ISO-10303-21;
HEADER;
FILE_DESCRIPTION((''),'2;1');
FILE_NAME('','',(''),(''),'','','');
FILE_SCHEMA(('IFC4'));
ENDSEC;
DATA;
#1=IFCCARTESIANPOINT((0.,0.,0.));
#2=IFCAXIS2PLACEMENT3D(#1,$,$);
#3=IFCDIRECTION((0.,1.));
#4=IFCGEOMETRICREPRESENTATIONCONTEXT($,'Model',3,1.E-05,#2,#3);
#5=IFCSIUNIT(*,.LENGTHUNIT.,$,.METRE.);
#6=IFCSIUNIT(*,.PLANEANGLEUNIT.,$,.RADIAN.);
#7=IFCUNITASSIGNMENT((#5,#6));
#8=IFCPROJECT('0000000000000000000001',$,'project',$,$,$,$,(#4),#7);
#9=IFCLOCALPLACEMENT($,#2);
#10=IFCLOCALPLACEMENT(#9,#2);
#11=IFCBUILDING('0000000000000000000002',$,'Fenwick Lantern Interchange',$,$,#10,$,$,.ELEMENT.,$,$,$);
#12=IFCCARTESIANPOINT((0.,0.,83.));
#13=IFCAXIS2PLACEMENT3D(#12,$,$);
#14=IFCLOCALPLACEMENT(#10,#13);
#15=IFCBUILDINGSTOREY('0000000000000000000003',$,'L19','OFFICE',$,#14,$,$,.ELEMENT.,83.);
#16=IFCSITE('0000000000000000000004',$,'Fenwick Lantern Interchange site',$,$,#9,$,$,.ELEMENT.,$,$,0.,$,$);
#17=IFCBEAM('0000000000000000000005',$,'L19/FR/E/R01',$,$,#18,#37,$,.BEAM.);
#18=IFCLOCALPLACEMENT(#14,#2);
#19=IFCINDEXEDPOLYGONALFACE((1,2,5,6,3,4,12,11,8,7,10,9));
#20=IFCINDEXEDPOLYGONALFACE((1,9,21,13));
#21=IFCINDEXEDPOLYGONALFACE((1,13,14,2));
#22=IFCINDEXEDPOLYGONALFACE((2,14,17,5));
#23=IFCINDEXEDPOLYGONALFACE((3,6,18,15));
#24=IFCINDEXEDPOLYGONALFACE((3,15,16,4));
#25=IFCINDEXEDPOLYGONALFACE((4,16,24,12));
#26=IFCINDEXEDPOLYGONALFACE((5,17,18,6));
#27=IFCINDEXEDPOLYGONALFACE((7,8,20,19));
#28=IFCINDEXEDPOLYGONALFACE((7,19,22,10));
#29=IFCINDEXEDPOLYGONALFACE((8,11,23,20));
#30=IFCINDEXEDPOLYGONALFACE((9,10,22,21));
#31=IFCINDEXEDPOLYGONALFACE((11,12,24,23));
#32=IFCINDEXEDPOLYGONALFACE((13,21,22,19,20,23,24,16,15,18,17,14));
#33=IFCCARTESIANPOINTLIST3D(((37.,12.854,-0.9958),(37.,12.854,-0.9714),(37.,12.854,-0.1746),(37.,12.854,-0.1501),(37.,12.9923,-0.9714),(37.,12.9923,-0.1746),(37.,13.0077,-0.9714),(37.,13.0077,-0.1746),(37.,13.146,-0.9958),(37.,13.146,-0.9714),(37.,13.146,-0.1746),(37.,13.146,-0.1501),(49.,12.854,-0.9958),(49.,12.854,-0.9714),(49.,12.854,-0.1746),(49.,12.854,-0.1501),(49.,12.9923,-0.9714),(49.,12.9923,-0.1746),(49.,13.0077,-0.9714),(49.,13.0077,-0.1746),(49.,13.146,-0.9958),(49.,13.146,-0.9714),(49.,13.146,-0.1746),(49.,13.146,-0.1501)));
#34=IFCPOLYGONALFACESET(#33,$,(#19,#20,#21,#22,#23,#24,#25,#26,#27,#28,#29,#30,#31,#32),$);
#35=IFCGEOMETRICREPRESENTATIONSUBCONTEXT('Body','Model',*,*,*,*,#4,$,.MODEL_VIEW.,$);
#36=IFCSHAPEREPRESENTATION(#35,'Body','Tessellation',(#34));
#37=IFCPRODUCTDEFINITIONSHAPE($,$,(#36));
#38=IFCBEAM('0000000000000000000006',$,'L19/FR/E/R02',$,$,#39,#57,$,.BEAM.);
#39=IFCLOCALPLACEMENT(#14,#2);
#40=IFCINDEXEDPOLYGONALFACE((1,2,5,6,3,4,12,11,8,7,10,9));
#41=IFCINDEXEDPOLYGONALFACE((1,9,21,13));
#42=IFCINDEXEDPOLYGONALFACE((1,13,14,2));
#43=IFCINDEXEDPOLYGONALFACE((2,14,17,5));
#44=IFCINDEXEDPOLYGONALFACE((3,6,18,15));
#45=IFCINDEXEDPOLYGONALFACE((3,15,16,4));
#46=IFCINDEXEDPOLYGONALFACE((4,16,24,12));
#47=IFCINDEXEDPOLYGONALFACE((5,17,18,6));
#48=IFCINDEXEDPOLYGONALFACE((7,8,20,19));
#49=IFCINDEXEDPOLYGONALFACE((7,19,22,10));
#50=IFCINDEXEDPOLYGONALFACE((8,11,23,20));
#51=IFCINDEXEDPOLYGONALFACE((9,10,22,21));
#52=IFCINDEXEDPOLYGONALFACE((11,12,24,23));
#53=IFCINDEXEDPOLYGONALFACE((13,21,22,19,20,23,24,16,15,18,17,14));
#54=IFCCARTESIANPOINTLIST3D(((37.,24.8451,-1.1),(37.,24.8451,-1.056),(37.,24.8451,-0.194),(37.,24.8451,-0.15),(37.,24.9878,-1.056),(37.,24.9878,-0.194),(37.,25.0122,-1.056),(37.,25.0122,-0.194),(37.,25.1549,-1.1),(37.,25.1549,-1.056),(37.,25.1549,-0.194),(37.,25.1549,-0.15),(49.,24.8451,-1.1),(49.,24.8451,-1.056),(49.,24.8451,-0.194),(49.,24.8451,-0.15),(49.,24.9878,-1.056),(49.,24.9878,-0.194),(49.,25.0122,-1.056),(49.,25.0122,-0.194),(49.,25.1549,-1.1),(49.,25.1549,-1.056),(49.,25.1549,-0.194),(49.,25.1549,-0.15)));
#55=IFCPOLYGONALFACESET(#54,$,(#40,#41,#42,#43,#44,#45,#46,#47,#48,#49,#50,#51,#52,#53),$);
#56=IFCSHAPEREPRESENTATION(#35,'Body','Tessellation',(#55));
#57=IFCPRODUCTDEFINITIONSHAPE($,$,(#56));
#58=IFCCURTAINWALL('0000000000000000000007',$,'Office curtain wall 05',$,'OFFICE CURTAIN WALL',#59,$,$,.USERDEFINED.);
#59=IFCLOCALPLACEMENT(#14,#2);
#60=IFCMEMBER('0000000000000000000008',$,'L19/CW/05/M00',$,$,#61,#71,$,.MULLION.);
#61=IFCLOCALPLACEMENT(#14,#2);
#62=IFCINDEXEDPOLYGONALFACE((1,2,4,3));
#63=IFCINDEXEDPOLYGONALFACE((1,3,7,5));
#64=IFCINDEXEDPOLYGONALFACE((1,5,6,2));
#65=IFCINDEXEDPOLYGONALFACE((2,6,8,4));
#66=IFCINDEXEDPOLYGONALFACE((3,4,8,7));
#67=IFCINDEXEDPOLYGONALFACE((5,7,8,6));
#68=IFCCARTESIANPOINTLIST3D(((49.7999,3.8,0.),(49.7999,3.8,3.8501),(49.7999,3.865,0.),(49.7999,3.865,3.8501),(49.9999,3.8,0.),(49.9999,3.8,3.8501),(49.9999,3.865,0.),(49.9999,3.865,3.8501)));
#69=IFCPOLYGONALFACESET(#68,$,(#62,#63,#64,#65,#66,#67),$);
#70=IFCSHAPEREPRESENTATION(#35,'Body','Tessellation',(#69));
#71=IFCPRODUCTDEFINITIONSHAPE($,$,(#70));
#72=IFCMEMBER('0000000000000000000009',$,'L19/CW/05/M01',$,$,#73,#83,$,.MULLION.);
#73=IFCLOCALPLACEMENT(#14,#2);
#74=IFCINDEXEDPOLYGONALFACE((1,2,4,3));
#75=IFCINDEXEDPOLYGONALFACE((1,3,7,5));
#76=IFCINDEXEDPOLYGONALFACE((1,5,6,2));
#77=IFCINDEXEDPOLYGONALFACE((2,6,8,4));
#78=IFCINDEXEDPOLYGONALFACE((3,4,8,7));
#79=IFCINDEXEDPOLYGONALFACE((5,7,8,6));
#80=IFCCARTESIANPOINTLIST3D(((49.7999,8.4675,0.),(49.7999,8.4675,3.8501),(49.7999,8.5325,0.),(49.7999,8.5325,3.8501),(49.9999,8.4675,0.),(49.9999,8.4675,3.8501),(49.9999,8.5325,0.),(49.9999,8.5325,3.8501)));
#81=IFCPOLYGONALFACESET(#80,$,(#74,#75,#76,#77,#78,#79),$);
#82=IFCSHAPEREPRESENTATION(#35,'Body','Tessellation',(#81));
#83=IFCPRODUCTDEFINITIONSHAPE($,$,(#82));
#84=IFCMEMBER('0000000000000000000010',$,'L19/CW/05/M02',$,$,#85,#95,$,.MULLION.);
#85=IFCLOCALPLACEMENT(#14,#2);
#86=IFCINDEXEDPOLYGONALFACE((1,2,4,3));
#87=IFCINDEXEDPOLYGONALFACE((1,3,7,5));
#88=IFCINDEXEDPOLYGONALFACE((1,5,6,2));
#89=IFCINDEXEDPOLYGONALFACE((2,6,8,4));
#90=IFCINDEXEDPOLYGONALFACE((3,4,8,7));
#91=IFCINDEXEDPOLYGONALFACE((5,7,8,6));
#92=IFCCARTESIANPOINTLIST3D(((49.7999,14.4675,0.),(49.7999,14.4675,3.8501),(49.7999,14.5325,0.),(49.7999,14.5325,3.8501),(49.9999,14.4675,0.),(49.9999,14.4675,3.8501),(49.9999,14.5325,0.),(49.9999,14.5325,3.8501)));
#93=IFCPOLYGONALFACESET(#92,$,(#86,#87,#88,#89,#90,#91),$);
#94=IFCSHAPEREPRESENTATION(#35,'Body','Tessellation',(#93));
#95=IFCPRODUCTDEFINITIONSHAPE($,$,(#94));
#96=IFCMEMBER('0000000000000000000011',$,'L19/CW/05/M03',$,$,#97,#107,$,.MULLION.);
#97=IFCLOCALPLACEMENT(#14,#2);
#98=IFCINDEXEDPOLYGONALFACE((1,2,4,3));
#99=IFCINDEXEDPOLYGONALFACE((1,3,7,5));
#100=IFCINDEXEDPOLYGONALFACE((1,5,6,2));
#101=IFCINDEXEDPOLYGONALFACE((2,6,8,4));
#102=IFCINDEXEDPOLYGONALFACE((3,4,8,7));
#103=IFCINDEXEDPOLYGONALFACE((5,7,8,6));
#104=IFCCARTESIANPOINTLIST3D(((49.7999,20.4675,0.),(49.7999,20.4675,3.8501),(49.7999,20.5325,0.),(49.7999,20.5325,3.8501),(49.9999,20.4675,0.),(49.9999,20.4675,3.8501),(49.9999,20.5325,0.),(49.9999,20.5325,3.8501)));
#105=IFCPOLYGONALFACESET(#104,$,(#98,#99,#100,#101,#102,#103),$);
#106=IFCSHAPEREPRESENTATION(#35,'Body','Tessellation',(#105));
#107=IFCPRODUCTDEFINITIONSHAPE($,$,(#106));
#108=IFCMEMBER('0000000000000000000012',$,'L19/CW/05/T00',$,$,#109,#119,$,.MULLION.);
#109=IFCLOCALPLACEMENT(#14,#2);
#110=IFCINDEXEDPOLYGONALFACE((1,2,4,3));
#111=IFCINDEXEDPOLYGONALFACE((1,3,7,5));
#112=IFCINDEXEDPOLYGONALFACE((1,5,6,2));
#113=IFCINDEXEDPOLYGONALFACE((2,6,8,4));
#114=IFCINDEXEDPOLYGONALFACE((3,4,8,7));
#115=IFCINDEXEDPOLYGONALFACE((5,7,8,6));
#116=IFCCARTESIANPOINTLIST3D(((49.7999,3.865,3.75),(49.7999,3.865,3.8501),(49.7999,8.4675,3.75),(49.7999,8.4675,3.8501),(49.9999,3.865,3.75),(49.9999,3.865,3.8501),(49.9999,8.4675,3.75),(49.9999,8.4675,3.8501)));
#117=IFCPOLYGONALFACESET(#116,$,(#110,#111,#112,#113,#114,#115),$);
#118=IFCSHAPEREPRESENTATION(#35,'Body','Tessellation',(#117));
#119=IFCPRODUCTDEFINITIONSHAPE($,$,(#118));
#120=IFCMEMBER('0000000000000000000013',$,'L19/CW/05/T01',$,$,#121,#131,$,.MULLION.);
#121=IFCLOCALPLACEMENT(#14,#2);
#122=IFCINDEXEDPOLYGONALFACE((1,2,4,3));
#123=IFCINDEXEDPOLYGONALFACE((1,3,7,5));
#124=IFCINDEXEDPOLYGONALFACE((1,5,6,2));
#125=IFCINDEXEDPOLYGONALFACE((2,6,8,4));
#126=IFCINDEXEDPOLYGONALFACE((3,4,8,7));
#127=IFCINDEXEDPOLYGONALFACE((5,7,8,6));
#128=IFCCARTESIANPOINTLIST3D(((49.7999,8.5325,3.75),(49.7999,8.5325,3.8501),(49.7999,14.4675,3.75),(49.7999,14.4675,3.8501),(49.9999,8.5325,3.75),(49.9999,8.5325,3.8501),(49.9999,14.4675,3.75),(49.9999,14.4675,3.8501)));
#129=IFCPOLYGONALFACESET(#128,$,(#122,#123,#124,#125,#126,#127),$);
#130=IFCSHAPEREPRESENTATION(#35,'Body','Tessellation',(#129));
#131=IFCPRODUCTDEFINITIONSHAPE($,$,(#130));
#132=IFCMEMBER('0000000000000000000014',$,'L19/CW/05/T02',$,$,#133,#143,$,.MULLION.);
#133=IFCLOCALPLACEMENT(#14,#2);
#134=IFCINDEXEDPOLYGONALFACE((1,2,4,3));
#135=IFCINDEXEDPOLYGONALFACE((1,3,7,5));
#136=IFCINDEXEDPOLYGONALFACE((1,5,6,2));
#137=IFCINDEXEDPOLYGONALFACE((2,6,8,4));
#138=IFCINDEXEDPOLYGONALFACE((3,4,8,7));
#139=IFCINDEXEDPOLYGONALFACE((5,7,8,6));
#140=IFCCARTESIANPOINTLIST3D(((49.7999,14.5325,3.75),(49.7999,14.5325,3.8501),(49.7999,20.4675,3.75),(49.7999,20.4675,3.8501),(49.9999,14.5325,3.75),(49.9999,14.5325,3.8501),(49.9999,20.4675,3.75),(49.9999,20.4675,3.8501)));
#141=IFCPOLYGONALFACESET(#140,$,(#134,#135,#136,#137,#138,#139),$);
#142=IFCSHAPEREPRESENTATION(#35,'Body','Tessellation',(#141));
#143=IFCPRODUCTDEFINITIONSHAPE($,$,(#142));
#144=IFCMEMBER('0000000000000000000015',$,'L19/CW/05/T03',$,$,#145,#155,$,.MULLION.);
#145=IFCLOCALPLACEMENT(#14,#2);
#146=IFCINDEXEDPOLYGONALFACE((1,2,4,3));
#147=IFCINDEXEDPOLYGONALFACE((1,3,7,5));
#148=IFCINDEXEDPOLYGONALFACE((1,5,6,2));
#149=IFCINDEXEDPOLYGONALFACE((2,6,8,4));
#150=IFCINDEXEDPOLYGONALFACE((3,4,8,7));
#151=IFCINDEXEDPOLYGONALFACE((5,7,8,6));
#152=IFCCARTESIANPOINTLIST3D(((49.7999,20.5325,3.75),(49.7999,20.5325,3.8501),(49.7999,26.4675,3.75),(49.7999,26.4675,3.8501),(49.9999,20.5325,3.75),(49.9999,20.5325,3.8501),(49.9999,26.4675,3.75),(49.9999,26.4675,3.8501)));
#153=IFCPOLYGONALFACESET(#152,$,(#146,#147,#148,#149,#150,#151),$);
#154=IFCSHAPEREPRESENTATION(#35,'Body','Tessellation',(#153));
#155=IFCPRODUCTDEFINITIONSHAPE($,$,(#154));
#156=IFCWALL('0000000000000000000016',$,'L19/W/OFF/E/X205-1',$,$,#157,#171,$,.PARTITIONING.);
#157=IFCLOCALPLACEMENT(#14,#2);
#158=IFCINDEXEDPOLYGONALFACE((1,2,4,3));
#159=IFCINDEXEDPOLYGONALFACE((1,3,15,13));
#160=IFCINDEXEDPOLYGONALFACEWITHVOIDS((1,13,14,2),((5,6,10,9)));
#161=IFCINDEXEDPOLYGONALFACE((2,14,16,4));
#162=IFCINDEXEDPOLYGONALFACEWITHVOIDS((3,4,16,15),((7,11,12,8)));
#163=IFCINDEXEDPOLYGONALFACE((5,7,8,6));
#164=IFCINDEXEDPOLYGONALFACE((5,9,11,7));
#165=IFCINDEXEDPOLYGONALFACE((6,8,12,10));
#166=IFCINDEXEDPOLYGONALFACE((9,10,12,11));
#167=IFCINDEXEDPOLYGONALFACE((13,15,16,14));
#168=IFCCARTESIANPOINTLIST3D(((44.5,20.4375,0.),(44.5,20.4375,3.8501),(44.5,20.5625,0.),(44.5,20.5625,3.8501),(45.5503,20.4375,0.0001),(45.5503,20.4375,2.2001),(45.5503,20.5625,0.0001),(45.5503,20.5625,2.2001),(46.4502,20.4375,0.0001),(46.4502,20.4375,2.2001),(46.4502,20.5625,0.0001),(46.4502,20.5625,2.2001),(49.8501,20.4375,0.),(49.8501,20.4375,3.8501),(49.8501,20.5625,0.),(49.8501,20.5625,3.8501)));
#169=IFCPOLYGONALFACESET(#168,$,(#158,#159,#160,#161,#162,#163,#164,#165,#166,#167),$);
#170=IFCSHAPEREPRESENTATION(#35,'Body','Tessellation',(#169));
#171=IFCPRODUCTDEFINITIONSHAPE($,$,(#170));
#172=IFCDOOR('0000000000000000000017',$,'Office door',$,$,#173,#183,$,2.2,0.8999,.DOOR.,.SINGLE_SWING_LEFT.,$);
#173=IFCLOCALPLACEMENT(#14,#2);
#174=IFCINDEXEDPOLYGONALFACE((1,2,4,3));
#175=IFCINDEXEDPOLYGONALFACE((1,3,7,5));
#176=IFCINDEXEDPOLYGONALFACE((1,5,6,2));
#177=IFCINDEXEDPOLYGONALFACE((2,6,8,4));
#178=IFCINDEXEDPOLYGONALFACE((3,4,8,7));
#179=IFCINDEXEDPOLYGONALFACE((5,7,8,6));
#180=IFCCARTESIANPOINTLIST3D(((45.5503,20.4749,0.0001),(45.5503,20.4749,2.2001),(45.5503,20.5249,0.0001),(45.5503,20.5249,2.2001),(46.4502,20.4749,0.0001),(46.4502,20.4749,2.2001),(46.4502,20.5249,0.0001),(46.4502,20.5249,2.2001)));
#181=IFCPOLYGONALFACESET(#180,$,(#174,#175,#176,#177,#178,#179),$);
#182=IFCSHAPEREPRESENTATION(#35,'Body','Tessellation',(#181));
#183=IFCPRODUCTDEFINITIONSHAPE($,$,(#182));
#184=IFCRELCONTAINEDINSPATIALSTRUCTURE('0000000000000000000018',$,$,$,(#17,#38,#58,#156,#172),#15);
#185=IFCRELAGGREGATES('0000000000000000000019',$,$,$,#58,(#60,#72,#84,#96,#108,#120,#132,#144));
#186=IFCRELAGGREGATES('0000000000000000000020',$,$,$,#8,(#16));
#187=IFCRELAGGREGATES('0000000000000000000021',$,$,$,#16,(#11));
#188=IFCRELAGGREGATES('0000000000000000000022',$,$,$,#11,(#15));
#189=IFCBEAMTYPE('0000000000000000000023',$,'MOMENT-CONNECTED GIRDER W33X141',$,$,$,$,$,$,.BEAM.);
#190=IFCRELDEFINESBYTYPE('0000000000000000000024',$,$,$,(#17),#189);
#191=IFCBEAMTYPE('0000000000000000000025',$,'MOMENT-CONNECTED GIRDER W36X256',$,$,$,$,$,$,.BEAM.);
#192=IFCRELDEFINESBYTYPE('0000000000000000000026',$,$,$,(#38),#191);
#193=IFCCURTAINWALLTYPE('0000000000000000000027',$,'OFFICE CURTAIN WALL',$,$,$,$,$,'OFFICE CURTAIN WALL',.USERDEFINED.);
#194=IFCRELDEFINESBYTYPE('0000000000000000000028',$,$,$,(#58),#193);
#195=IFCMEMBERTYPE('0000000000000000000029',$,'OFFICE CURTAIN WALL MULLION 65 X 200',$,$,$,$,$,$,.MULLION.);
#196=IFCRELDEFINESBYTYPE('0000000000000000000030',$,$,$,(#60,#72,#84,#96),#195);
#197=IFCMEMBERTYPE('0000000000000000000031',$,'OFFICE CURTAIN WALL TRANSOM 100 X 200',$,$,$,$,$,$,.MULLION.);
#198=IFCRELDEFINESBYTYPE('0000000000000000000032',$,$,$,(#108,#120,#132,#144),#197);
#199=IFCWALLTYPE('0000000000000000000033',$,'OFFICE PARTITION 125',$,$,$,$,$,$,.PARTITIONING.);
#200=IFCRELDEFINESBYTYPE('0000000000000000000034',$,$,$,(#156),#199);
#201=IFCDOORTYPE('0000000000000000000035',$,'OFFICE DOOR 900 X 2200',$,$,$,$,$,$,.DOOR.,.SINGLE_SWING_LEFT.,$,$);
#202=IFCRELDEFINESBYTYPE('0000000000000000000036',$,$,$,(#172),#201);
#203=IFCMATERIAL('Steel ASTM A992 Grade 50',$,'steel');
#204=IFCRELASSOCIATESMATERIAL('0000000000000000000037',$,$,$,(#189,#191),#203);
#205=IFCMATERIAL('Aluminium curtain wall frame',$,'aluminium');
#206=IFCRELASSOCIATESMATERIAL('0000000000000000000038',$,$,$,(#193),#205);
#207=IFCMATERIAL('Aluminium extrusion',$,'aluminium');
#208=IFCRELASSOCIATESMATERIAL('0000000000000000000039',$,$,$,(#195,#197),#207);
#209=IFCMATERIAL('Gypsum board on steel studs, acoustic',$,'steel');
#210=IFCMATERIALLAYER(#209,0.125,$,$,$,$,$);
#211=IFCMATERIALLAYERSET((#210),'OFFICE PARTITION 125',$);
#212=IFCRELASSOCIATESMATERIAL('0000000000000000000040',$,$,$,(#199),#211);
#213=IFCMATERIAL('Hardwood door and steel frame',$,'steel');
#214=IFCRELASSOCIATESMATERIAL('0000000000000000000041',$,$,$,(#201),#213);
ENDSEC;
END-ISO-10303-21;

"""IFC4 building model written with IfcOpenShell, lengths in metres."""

from ifc_helpers import new_model, si_unit, direction, frame, frame_2d, origin, origin_2d, place, context, subcontext, project, spatial, rectangle, i_section, extrude, material, layer, layer_set, material_profile, profile_set, type_object, element, fill, aggregate, save


model = new_model("IFC4")

# Units and contexts
model_context = context("Model", 3, precision=1e-05, world=origin(), true_north=direction((0.0, 1.0)))
body_context = subcontext(model_context, "Body", "Model", "MODEL_VIEW")
ifc_project = project(units=[si_unit("LENGTHUNIT", "METRE"), si_unit("PLANEANGLEUNIT", "RADIAN")], contexts=[model_context])

# Site, building, storey
site_placement = place(None, origin())
site = spatial("IfcSite", under=ifc_project, at=site_placement, Name="Fenwick Lantern Interchange site", CompositionType="ELEMENT", RefElevation=0.0)
building_placement = place(site_placement, origin())
building = spatial("IfcBuilding", under=site, at=building_placement, Name="Fenwick Lantern Interchange", CompositionType="ELEMENT")
storey_placement = place(building_placement, frame((0.0, 0.0, 83.0)))
storey = spatial("IfcBuildingStorey", under=building, at=storey_placement, Name="L19", Description="OFFICE", CompositionType="ELEMENT", Elevation=83.0)

# Beams
ifc_material_1 = material(Name="Steel ASTM A992 Grade 50", Category="steel")
ifc_material_profile_1 = material_profile(ifc_material_1, i_section(OverallWidth=0.292, OverallDepth=0.8457, WebThickness=0.0154, FlangeThickness=0.0244, at=origin_2d()), Name="W33X141")
ifc_profile_set_1 = profile_set([ifc_material_profile_1], Name="Steel ASTM A992 Grade 50")
beam_type_1 = type_object("IfcBeamType", Name="MOMENT-CONNECTED GIRDER W33X141", PredefinedType="BEAM", material=ifc_profile_set_1)
beam_1_placement = place(storey_placement, frame((49.0, 13.0, -0.573), z_axis=(-1.0, 0.0, 0.0), x_axis=(0.0, -1.0, 0.0)))
element("IfcBeam", 1, at=beam_1_placement, inside=storey, type_object=beam_type_1, Name="L19/FR/E/R01", PredefinedType="BEAM", context=body_context, shape_type="SweptSolid", body=[
    extrude(i_section(OverallWidth=0.292, OverallDepth=0.8457, WebThickness=0.0154, FlangeThickness=0.0244, at=origin_2d()), origin(), (0.0, 0.0, 1.0), 12.0),
])
ifc_material_profile_2 = material_profile(ifc_material_1, i_section(OverallWidth=0.3098, OverallDepth=0.95, WebThickness=0.0244, FlangeThickness=0.0439, at=origin_2d()), Name="W36X256")
ifc_profile_set_2 = profile_set([ifc_material_profile_2], Name="Steel ASTM A992 Grade 50")
beam_type_2 = type_object("IfcBeamType", Name="MOMENT-CONNECTED GIRDER W36X256", PredefinedType="BEAM", material=ifc_profile_set_2)
beam_2_placement = place(storey_placement, frame((49.0, 25.0, -0.625), z_axis=(-1.0, 0.0, 0.0), x_axis=(0.0, -1.0, 0.0)))
element("IfcBeam", 2, at=beam_2_placement, inside=storey, type_object=beam_type_2, Name="L19/FR/E/R02", PredefinedType="BEAM", context=body_context, shape_type="SweptSolid", body=[
    extrude(i_section(OverallWidth=0.3098, OverallDepth=0.95, WebThickness=0.0244, FlangeThickness=0.0439, at=origin_2d()), origin(), (0.0, 0.0, 1.0), 12.0),
])

# Curtain wall, members
ifc_material_2 = material(Name="Aluminium curtain wall frame", Category="aluminium")
curtain_wall_type = type_object("IfcCurtainWallType", Name="OFFICE CURTAIN WALL", ElementType="OFFICE CURTAIN WALL", PredefinedType="USERDEFINED", material=ifc_material_2)
curtain_wall_placement = place(storey_placement, origin())
curtain_wall = element("IfcCurtainWall", 3, at=curtain_wall_placement, inside=storey, type_object=curtain_wall_type, Name="Office curtain wall 05", ObjectType="OFFICE CURTAIN WALL", PredefinedType="USERDEFINED")
ifc_material_3 = material(Name="Aluminium extrusion", Category="aluminium")
ifc_material_profile_3 = material_profile(ifc_material_3, rectangle(XDim=0.2, YDim=0.0649, at=origin_2d()), Name="OFFICE CURTAIN WALL MULLION 65 X 200")
ifc_profile_set_3 = profile_set([ifc_material_profile_3], Name="Aluminium extrusion")
member_type_1 = type_object("IfcMemberType", Name="OFFICE CURTAIN WALL MULLION 65 X 200", PredefinedType="MULLION", material=ifc_profile_set_3)
member_1_placement = place(storey_placement, frame((49.8999, 3.8325, 0.0), z_axis=(0.0, 0.0, 1.0), x_axis=(-1.0, 0.0, 0.0)))
member_1 = element("IfcMember", 4, at=member_1_placement, type_object=member_type_1, Name="L19/CW/05/M00", PredefinedType="MULLION", context=body_context, shape_type="SweptSolid", body=[
    extrude(rectangle(XDim=0.2, YDim=0.0649, at=origin_2d()), origin(), (0.0, 0.0, 1.0), 3.8501),
])
member_2_placement = place(storey_placement, frame((49.8999, 8.5, 0.0), z_axis=(0.0, 0.0, 1.0), x_axis=(-1.0, 0.0, 0.0)))
member_2 = element("IfcMember", 5, at=member_2_placement, type_object=member_type_1, Name="L19/CW/05/M01", PredefinedType="MULLION", context=body_context, shape_type="SweptSolid", body=[
    extrude(rectangle(XDim=0.2, YDim=0.0649, at=origin_2d()), origin(), (0.0, 0.0, 1.0), 3.8501),
])
member_3_placement = place(storey_placement, frame((49.8999, 14.5, 0.0), z_axis=(0.0, 0.0, 1.0), x_axis=(-1.0, 0.0, 0.0)))
member_3 = element("IfcMember", 6, at=member_3_placement, type_object=member_type_1, Name="L19/CW/05/M02", PredefinedType="MULLION", context=body_context, shape_type="SweptSolid", body=[
    extrude(rectangle(XDim=0.2, YDim=0.0649, at=origin_2d()), origin(), (0.0, 0.0, 1.0), 3.8501),
])
member_4_placement = place(storey_placement, frame((49.8999, 20.5, 0.0), z_axis=(0.0, 0.0, 1.0), x_axis=(-1.0, 0.0, 0.0)))
member_4 = element("IfcMember", 7, at=member_4_placement, type_object=member_type_1, Name="L19/CW/05/M03", PredefinedType="MULLION", context=body_context, shape_type="SweptSolid", body=[
    extrude(rectangle(XDim=0.2, YDim=0.0649, at=origin_2d()), origin(), (0.0, 0.0, 1.0), 3.8501),
])
ifc_material_profile_4 = material_profile(ifc_material_3, rectangle(XDim=0.2, YDim=0.1001, at=origin_2d()), Name="OFFICE CURTAIN WALL TRANSOM 100 X 200")
ifc_profile_set_4 = profile_set([ifc_material_profile_4], Name="Aluminium extrusion")
member_type_2 = type_object("IfcMemberType", Name="OFFICE CURTAIN WALL TRANSOM 100 X 200", PredefinedType="MULLION", material=ifc_profile_set_4)
member_5_placement = place(storey_placement, frame((49.8999, 3.865, 3.8), z_axis=(0.0, 1.0, 0.0), x_axis=(-1.0, 0.0, 0.0)))
member_5 = element("IfcMember", 8, at=member_5_placement, type_object=member_type_2, Name="L19/CW/05/T00", PredefinedType="MULLION", context=body_context, shape_type="SweptSolid", body=[
    extrude(rectangle(XDim=0.2, YDim=0.1001, at=origin_2d()), origin(), (0.0, 0.0, 1.0), 4.6025),
])
member_6_placement = place(storey_placement, frame((49.8999, 8.5325, 3.8), z_axis=(0.0, 1.0, 0.0), x_axis=(-1.0, 0.0, 0.0)))
member_6 = element("IfcMember", 9, at=member_6_placement, type_object=member_type_2, Name="L19/CW/05/T01", PredefinedType="MULLION", context=body_context, shape_type="SweptSolid", body=[
    extrude(rectangle(XDim=0.2, YDim=0.1001, at=origin_2d()), origin(), (0.0, 0.0, 1.0), 5.9351),
])
member_7_placement = place(storey_placement, frame((49.8999, 14.5325, 3.8), z_axis=(0.0, 1.0, 0.0), x_axis=(-1.0, 0.0, 0.0)))
member_7 = element("IfcMember", 10, at=member_7_placement, type_object=member_type_2, Name="L19/CW/05/T02", PredefinedType="MULLION", context=body_context, shape_type="SweptSolid", body=[
    extrude(rectangle(XDim=0.2, YDim=0.1001, at=origin_2d()), origin(), (0.0, 0.0, 1.0), 5.9351),
])
member_8_placement = place(storey_placement, frame((49.8999, 20.5325, 3.8), z_axis=(0.0, 1.0, 0.0), x_axis=(-1.0, 0.0, 0.0)))
member_8 = element("IfcMember", 11, at=member_8_placement, type_object=member_type_2, Name="L19/CW/05/T03", PredefinedType="MULLION", context=body_context, shape_type="SweptSolid", body=[
    extrude(rectangle(XDim=0.2, YDim=0.1001, at=origin_2d()), origin(), (0.0, 0.0, 1.0), 5.9351),
])
aggregate(curtain_wall, [member_1, member_2, member_3, member_4, member_5, member_6, member_7, member_8])

# Wall, opening, door
ifc_material_4 = material(Name="Gypsum board on steel studs, acoustic", Category="steel")
ifc_layer_1 = layer(ifc_material_4, 0.125)
ifc_layer_set_1 = layer_set([ifc_layer_1], Name="OFFICE PARTITION 125")
wall_type = type_object("IfcWallType", Name="OFFICE PARTITION 125", PredefinedType="PARTITIONING", material=ifc_layer_set_1)
wall_1_placement = place(storey_placement, frame((49.8501, 20.5, 0.0), z_axis=(0.0, 0.0, 1.0), x_axis=(-1.0, 0.0, 0.0)))
wall_1 = element("IfcWall", 12, at=wall_1_placement, inside=storey, type_object=wall_type, Name="L19/W/OFF/E/X205-1", PredefinedType="PARTITIONING", context=body_context, shape_type="SweptSolid", body=[
    extrude(rectangle(XDim=5.3501, YDim=0.125, at=frame_2d((2.675, 0.0))), origin(), (0.0, 0.0, 1.0), 3.8501),
])
opening_1_placement = place(wall_1_placement, frame((3.3999, 0.0, 0.0)))
opening_1 = element("IfcOpeningElement", 13, at=opening_1_placement, cuts=wall_1, PredefinedType="OPENING", context=body_context, shape_type="SweptSolid", body=[
    extrude(rectangle(XDim=0.8999, YDim=2.2, at=frame_2d((0.45, 1.1001))), frame((0.0, 0.0725, 0.0), z_axis=(0.0, -1.0, 0.0), x_axis=(1.0, 0.0, 0.0)), (0.0, 0.0, 1.0), 0.145),
])
ifc_material_5 = material(Name="Hardwood door and steel frame", Category="steel")
door_type_1 = type_object("IfcDoorType", Name="OFFICE DOOR 900 X 2200", OperationType="SINGLE_SWING_LEFT", PredefinedType="DOOR", material=ifc_material_5)
door_1_placement = place(opening_1_placement, frame((0.8999, 0.0, 0.0), z_axis=(0.0, 0.0, 1.0), x_axis=(-1.0, 0.0, 0.0)))
door_1 = element("IfcDoor", 14, at=door_1_placement, inside=storey, type_object=door_type_1, Name="Office door", OperationType="SINGLE_SWING_LEFT", OverallHeight=2.2, OverallWidth=0.8999, PredefinedType="DOOR", context=body_context, shape_type="SweptSolid", body=[
    extrude(rectangle(XDim=0.8999, YDim=2.2, at=frame_2d((0.45, 1.1001))), frame((0.0, 0.0249, 0.0), z_axis=(0.0, -1.0, 0.0), x_axis=(1.0, 0.0, 0.0)), (0.0, 0.0, 1.0), 0.05),
])
fill(opening_1, door_1)

save(model, "model.ifc")
